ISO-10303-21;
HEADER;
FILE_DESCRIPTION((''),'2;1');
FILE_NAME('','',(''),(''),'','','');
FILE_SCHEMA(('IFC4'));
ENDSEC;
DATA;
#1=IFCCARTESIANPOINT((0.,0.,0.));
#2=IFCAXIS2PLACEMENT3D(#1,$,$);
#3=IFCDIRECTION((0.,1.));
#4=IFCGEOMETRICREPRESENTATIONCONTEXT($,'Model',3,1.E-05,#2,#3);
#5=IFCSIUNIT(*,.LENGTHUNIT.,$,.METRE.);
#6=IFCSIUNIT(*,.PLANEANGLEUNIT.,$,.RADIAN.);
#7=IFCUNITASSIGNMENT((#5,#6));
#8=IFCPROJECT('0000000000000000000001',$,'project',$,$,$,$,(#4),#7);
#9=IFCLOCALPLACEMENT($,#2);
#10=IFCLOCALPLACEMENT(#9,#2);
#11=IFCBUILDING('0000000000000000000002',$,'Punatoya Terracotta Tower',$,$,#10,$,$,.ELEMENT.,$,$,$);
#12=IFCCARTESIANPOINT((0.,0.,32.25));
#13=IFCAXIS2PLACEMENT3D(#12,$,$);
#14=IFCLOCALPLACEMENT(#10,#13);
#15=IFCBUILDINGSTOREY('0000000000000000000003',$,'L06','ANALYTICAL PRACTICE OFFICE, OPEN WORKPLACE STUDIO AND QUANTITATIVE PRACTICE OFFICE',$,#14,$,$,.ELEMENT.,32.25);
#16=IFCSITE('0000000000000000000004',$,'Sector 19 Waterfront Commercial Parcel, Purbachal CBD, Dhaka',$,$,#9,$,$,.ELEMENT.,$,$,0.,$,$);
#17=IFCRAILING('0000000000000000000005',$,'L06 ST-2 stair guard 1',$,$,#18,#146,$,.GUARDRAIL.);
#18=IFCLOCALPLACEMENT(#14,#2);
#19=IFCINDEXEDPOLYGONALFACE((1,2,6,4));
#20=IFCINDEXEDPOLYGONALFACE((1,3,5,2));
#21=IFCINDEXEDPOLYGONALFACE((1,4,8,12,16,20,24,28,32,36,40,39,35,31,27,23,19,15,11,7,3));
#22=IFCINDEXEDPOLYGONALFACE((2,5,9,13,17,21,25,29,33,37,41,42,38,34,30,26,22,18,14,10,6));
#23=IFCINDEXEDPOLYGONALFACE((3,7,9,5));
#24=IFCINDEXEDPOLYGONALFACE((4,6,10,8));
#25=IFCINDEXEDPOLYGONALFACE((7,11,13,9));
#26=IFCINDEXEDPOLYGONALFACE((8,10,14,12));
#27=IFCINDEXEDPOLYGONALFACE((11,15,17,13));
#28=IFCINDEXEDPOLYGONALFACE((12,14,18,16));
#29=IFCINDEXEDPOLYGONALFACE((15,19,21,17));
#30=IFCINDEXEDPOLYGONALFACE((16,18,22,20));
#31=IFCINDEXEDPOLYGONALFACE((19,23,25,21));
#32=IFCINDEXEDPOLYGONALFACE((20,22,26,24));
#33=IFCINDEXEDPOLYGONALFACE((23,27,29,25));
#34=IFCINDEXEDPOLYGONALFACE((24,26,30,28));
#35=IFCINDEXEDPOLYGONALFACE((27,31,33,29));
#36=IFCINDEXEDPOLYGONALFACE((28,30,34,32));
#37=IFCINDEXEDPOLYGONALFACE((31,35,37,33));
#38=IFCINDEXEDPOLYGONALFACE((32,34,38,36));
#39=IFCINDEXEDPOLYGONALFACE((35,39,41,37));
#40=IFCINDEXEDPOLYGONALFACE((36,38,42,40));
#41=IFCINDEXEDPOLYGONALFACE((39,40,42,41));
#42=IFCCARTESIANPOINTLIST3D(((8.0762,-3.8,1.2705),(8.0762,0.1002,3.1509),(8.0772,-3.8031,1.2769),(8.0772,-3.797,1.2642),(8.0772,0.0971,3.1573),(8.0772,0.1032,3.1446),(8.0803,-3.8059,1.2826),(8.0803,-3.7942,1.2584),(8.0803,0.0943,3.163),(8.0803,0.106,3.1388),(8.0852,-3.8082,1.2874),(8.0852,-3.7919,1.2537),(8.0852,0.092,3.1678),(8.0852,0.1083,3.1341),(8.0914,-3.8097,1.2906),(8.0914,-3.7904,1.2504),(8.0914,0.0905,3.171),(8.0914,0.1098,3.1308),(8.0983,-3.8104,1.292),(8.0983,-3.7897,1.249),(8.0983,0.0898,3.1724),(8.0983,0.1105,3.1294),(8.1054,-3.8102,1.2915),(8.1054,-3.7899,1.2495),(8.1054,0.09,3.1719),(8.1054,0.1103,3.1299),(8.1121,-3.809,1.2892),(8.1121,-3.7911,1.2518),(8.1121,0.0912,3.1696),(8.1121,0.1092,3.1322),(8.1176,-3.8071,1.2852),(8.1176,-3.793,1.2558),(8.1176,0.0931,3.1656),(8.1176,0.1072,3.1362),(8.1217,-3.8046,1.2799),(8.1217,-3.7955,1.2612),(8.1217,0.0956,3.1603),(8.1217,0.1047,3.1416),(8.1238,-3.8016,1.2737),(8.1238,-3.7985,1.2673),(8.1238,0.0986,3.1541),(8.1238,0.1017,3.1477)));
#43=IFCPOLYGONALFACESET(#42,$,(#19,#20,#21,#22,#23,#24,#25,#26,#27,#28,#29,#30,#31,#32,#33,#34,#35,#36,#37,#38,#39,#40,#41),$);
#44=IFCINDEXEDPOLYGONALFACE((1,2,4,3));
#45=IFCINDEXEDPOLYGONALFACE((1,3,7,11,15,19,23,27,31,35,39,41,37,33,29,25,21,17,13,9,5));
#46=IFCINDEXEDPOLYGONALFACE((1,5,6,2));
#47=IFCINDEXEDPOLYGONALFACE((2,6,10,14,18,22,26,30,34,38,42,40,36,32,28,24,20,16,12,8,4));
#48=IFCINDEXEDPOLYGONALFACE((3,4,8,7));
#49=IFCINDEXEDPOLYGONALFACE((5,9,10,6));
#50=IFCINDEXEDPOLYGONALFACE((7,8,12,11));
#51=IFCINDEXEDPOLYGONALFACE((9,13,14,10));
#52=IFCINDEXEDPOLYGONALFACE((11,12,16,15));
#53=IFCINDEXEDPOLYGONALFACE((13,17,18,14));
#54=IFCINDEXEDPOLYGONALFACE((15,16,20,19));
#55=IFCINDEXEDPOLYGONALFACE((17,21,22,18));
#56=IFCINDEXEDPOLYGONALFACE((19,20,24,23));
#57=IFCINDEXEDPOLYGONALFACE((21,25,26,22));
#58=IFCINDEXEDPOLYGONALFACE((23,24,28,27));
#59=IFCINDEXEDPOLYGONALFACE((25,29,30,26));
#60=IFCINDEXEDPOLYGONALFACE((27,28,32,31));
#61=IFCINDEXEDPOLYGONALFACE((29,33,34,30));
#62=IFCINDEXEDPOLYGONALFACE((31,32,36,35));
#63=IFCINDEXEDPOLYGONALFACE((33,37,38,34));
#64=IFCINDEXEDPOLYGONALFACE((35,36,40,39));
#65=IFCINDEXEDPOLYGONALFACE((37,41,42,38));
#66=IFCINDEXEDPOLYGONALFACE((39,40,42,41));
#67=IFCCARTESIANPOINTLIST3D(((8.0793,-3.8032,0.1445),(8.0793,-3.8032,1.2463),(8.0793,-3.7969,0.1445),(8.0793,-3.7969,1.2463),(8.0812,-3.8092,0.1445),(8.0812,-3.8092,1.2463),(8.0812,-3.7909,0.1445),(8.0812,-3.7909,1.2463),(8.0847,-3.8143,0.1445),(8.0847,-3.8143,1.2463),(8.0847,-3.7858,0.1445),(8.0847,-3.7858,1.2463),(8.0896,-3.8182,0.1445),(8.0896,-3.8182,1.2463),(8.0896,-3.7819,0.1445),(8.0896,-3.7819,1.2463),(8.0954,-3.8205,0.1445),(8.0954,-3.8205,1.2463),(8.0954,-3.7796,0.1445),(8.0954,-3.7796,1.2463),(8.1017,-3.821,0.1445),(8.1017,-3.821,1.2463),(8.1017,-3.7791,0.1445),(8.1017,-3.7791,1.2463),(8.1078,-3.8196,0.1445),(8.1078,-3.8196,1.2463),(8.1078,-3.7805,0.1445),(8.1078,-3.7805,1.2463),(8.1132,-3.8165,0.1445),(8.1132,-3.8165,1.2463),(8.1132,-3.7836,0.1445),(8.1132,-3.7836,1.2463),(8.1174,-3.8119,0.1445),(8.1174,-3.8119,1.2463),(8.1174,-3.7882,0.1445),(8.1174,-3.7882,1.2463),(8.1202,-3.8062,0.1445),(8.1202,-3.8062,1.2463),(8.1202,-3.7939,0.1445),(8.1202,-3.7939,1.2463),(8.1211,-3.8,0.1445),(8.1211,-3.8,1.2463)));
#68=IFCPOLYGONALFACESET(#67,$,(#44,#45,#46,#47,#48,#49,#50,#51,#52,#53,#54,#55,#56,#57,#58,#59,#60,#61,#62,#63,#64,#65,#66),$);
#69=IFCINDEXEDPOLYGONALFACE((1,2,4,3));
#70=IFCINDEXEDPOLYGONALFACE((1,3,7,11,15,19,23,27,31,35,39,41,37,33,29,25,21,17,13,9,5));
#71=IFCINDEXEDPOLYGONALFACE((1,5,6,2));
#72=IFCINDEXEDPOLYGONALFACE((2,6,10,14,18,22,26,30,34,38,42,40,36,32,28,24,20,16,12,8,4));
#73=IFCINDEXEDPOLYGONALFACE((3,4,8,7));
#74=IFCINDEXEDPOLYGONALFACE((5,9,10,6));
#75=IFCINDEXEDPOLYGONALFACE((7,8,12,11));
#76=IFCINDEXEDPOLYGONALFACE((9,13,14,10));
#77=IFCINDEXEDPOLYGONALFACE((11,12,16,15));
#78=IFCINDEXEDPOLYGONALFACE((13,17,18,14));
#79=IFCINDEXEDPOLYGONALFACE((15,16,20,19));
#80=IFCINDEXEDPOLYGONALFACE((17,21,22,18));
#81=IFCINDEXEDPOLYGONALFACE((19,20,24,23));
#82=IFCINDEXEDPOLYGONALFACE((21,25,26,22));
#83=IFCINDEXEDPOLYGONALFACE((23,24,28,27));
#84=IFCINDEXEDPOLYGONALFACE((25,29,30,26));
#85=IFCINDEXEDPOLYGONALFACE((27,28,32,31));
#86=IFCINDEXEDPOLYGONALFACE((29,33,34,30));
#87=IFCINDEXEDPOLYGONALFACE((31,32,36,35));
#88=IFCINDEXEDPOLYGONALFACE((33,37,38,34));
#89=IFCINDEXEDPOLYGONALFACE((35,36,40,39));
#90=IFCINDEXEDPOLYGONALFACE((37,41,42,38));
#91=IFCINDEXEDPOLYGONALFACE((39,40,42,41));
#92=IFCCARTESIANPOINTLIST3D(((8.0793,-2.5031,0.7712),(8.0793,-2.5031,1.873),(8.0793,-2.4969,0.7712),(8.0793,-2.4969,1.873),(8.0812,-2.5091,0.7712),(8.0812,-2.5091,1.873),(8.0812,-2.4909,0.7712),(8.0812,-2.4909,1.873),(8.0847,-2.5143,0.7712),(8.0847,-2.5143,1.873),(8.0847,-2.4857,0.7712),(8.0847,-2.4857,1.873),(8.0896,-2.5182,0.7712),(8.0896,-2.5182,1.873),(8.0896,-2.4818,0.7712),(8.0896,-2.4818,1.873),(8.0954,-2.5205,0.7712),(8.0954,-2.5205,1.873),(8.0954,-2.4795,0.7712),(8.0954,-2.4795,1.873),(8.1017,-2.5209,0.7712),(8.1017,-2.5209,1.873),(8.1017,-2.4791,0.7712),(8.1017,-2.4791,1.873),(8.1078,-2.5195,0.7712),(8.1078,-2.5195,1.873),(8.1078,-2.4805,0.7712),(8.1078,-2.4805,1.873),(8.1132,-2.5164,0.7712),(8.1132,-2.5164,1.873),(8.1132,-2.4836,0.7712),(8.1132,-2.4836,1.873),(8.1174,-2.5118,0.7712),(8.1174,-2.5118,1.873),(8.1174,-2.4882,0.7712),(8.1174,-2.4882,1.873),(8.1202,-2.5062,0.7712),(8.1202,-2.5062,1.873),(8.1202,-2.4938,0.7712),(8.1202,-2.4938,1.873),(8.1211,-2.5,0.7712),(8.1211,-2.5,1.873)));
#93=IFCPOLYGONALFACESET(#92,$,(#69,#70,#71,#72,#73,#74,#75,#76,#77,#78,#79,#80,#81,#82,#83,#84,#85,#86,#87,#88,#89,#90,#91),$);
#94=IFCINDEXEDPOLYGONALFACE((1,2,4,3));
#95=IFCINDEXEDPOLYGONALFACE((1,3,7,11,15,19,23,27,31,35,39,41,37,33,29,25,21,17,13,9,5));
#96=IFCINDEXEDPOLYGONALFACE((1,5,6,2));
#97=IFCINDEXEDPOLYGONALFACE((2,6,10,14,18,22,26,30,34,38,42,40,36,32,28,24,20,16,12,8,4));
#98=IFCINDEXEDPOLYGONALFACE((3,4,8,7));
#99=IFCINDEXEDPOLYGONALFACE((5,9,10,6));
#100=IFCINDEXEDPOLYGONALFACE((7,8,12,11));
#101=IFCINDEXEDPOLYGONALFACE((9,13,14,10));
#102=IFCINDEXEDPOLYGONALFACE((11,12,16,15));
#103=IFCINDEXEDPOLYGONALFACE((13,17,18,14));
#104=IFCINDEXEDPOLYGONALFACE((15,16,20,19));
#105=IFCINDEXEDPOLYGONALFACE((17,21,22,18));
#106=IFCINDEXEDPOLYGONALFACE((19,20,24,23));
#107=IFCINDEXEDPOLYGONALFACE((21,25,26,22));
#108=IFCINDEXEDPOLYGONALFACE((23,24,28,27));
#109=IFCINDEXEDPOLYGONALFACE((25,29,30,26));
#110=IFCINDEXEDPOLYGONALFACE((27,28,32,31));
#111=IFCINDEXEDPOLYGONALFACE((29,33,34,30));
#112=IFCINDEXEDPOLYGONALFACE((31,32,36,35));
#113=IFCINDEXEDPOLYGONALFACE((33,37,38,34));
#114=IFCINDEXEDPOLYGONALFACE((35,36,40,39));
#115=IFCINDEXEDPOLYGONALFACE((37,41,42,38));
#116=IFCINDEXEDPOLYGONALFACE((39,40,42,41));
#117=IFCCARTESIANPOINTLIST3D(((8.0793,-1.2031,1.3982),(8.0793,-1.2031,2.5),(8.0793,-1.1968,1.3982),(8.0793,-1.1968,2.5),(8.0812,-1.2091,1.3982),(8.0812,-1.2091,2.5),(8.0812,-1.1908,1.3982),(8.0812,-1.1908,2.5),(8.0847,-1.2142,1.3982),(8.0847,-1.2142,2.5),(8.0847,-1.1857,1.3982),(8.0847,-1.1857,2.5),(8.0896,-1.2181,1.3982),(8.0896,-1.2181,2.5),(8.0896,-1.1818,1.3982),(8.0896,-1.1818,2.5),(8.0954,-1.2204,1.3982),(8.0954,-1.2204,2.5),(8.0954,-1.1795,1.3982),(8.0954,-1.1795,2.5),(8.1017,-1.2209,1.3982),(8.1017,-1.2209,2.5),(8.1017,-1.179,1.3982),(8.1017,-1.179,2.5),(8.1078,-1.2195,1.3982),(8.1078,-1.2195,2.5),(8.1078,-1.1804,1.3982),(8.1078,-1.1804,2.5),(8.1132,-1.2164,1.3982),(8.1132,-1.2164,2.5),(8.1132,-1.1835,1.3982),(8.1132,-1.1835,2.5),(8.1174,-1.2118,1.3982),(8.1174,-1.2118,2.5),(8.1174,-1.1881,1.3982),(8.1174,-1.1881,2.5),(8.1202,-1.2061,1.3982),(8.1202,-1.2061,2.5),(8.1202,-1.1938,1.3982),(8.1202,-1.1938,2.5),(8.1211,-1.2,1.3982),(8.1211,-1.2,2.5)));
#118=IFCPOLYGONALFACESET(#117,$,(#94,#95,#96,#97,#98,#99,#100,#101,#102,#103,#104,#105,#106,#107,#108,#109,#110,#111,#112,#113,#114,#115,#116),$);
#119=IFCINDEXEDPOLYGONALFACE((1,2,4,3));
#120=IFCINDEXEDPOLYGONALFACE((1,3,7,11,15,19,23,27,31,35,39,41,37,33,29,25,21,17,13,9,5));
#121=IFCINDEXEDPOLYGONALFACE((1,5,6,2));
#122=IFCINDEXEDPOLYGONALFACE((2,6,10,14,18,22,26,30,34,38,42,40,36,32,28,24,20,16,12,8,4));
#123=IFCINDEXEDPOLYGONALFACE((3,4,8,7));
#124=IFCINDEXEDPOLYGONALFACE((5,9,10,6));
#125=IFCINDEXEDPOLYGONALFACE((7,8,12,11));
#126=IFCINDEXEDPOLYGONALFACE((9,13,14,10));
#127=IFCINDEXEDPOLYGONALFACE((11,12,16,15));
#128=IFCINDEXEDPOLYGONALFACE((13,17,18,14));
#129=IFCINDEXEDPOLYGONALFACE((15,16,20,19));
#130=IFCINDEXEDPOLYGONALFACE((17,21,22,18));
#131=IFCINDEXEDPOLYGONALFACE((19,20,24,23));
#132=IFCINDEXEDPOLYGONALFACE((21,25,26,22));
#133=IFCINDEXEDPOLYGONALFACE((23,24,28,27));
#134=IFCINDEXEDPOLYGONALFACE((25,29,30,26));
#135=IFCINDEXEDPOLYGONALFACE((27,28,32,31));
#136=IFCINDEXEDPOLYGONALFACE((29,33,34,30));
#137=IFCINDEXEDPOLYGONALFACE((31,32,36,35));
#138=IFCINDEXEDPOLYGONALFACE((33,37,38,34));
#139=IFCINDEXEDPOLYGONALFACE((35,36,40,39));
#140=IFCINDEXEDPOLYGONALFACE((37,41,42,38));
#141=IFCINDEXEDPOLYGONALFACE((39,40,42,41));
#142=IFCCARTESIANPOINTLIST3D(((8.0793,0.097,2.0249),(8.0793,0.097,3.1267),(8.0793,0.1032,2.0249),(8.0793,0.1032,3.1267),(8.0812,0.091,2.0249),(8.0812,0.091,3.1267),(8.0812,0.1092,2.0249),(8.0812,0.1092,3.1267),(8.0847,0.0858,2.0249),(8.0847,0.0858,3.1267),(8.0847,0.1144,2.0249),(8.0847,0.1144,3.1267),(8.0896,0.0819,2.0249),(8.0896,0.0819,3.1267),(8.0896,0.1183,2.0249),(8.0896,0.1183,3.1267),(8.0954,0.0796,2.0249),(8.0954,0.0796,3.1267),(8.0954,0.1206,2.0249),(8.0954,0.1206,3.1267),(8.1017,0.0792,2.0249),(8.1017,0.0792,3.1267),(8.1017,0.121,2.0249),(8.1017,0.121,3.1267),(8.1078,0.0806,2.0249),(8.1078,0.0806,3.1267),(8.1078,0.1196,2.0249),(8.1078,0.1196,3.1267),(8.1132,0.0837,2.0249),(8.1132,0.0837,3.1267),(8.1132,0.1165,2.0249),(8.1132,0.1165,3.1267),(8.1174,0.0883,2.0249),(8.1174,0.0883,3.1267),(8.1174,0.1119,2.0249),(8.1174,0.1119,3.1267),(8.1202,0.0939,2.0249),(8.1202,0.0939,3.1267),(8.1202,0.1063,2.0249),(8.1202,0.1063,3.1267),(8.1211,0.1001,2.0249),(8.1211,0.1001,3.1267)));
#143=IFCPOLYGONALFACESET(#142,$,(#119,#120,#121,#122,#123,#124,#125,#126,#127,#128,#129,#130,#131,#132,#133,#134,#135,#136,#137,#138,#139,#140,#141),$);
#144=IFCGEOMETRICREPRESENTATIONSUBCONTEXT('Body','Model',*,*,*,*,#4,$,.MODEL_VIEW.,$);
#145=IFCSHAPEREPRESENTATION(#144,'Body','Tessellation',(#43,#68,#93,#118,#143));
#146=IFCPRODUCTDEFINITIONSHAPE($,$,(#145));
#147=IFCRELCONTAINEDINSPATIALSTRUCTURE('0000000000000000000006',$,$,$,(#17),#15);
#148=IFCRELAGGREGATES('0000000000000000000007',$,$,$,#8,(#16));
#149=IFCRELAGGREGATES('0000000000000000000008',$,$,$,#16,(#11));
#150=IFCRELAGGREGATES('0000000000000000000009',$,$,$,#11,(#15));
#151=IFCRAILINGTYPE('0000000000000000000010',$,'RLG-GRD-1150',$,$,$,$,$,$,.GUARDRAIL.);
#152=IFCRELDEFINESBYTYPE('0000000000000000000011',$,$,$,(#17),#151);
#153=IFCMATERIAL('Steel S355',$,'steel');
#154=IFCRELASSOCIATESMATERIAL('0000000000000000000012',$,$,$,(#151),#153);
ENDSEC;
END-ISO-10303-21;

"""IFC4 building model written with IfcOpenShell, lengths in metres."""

from ifc_helpers import new_model, si_unit, direction, frame, origin, origin_2d, place, context, subcontext, project, spatial, circle, extrude, material, type_object, element, save


model = new_model("IFC4")

# Units and contexts
model_context = context("Model", 3, precision=1e-05, world=origin(), true_north=direction((0.0, 1.0)))
body_context = subcontext(model_context, "Body", "Model", "MODEL_VIEW")
ifc_project = project(units=[si_unit("LENGTHUNIT", "METRE"), si_unit("PLANEANGLEUNIT", "RADIAN")], contexts=[model_context])

# Site, building, storey
site_placement = place(None, origin())
site = spatial("IfcSite", under=ifc_project, at=site_placement, Name="Sector 19 Waterfront Commercial Parcel, Purbachal CBD, Dhaka", CompositionType="ELEMENT", RefElevation=0.0)
building_placement = place(site_placement, origin())
building = spatial("IfcBuilding", under=site, at=building_placement, Name="Punatoya Terracotta Tower", CompositionType="ELEMENT")
storey_placement = place(building_placement, frame((0.0, 0.0, 32.25)))
storey = spatial("IfcBuildingStorey", under=building, at=storey_placement, Name="L06", Description="ANALYTICAL PRACTICE OFFICE, OPEN WORKPLACE STUDIO AND QUANTITATIVE PRACTICE OFFICE", CompositionType="ELEMENT", Elevation=32.25)

# Shared definitions
ifc_material_1 = material(Name="Steel S355", Category="steel")

# Railing
railing_type_1 = type_object("IfcRailingType", Name="RLG-GRD-1150", PredefinedType="GUARDRAIL", material=ifc_material_1)
railing_1_placement = place(storey_placement, frame((8.1001, -3.8, 0.1445)))
element("IfcRailing", 1, at=railing_1_placement, inside=storey, type_object=railing_type_1, Name="L06 ST-2 stair guard 1", PredefinedType="GUARDRAIL", context=body_context, shape_type="SweptSolid", body=[
    extrude(circle(Radius=0.0239, at=origin_2d()), frame((0.0, 0.0, 1.126), z_axis=(0.0, 0.900774, 0.434289), x_axis=(-1.0, 0.0, 0.0)), (0.0, 0.0, 1.0), 4.3298),
    extrude(circle(Radius=0.021, at=origin_2d()), origin(), (0.0, 0.0, 1.0), 1.1018),
    extrude(circle(Radius=0.021, at=origin_2d()), frame((0.0, 1.3, 0.6267)), (0.0, 0.0, 1.0), 1.1018),
    extrude(circle(Radius=0.021, at=origin_2d()), frame((0.0, 2.6001, 1.2537)), (0.0, 0.0, 1.0), 1.1018),
    extrude(circle(Radius=0.021, at=origin_2d()), frame((0.0, 3.9001, 1.8804)), (0.0, 0.0, 1.0), 1.1018),
])

save(model, "model.ifc")
